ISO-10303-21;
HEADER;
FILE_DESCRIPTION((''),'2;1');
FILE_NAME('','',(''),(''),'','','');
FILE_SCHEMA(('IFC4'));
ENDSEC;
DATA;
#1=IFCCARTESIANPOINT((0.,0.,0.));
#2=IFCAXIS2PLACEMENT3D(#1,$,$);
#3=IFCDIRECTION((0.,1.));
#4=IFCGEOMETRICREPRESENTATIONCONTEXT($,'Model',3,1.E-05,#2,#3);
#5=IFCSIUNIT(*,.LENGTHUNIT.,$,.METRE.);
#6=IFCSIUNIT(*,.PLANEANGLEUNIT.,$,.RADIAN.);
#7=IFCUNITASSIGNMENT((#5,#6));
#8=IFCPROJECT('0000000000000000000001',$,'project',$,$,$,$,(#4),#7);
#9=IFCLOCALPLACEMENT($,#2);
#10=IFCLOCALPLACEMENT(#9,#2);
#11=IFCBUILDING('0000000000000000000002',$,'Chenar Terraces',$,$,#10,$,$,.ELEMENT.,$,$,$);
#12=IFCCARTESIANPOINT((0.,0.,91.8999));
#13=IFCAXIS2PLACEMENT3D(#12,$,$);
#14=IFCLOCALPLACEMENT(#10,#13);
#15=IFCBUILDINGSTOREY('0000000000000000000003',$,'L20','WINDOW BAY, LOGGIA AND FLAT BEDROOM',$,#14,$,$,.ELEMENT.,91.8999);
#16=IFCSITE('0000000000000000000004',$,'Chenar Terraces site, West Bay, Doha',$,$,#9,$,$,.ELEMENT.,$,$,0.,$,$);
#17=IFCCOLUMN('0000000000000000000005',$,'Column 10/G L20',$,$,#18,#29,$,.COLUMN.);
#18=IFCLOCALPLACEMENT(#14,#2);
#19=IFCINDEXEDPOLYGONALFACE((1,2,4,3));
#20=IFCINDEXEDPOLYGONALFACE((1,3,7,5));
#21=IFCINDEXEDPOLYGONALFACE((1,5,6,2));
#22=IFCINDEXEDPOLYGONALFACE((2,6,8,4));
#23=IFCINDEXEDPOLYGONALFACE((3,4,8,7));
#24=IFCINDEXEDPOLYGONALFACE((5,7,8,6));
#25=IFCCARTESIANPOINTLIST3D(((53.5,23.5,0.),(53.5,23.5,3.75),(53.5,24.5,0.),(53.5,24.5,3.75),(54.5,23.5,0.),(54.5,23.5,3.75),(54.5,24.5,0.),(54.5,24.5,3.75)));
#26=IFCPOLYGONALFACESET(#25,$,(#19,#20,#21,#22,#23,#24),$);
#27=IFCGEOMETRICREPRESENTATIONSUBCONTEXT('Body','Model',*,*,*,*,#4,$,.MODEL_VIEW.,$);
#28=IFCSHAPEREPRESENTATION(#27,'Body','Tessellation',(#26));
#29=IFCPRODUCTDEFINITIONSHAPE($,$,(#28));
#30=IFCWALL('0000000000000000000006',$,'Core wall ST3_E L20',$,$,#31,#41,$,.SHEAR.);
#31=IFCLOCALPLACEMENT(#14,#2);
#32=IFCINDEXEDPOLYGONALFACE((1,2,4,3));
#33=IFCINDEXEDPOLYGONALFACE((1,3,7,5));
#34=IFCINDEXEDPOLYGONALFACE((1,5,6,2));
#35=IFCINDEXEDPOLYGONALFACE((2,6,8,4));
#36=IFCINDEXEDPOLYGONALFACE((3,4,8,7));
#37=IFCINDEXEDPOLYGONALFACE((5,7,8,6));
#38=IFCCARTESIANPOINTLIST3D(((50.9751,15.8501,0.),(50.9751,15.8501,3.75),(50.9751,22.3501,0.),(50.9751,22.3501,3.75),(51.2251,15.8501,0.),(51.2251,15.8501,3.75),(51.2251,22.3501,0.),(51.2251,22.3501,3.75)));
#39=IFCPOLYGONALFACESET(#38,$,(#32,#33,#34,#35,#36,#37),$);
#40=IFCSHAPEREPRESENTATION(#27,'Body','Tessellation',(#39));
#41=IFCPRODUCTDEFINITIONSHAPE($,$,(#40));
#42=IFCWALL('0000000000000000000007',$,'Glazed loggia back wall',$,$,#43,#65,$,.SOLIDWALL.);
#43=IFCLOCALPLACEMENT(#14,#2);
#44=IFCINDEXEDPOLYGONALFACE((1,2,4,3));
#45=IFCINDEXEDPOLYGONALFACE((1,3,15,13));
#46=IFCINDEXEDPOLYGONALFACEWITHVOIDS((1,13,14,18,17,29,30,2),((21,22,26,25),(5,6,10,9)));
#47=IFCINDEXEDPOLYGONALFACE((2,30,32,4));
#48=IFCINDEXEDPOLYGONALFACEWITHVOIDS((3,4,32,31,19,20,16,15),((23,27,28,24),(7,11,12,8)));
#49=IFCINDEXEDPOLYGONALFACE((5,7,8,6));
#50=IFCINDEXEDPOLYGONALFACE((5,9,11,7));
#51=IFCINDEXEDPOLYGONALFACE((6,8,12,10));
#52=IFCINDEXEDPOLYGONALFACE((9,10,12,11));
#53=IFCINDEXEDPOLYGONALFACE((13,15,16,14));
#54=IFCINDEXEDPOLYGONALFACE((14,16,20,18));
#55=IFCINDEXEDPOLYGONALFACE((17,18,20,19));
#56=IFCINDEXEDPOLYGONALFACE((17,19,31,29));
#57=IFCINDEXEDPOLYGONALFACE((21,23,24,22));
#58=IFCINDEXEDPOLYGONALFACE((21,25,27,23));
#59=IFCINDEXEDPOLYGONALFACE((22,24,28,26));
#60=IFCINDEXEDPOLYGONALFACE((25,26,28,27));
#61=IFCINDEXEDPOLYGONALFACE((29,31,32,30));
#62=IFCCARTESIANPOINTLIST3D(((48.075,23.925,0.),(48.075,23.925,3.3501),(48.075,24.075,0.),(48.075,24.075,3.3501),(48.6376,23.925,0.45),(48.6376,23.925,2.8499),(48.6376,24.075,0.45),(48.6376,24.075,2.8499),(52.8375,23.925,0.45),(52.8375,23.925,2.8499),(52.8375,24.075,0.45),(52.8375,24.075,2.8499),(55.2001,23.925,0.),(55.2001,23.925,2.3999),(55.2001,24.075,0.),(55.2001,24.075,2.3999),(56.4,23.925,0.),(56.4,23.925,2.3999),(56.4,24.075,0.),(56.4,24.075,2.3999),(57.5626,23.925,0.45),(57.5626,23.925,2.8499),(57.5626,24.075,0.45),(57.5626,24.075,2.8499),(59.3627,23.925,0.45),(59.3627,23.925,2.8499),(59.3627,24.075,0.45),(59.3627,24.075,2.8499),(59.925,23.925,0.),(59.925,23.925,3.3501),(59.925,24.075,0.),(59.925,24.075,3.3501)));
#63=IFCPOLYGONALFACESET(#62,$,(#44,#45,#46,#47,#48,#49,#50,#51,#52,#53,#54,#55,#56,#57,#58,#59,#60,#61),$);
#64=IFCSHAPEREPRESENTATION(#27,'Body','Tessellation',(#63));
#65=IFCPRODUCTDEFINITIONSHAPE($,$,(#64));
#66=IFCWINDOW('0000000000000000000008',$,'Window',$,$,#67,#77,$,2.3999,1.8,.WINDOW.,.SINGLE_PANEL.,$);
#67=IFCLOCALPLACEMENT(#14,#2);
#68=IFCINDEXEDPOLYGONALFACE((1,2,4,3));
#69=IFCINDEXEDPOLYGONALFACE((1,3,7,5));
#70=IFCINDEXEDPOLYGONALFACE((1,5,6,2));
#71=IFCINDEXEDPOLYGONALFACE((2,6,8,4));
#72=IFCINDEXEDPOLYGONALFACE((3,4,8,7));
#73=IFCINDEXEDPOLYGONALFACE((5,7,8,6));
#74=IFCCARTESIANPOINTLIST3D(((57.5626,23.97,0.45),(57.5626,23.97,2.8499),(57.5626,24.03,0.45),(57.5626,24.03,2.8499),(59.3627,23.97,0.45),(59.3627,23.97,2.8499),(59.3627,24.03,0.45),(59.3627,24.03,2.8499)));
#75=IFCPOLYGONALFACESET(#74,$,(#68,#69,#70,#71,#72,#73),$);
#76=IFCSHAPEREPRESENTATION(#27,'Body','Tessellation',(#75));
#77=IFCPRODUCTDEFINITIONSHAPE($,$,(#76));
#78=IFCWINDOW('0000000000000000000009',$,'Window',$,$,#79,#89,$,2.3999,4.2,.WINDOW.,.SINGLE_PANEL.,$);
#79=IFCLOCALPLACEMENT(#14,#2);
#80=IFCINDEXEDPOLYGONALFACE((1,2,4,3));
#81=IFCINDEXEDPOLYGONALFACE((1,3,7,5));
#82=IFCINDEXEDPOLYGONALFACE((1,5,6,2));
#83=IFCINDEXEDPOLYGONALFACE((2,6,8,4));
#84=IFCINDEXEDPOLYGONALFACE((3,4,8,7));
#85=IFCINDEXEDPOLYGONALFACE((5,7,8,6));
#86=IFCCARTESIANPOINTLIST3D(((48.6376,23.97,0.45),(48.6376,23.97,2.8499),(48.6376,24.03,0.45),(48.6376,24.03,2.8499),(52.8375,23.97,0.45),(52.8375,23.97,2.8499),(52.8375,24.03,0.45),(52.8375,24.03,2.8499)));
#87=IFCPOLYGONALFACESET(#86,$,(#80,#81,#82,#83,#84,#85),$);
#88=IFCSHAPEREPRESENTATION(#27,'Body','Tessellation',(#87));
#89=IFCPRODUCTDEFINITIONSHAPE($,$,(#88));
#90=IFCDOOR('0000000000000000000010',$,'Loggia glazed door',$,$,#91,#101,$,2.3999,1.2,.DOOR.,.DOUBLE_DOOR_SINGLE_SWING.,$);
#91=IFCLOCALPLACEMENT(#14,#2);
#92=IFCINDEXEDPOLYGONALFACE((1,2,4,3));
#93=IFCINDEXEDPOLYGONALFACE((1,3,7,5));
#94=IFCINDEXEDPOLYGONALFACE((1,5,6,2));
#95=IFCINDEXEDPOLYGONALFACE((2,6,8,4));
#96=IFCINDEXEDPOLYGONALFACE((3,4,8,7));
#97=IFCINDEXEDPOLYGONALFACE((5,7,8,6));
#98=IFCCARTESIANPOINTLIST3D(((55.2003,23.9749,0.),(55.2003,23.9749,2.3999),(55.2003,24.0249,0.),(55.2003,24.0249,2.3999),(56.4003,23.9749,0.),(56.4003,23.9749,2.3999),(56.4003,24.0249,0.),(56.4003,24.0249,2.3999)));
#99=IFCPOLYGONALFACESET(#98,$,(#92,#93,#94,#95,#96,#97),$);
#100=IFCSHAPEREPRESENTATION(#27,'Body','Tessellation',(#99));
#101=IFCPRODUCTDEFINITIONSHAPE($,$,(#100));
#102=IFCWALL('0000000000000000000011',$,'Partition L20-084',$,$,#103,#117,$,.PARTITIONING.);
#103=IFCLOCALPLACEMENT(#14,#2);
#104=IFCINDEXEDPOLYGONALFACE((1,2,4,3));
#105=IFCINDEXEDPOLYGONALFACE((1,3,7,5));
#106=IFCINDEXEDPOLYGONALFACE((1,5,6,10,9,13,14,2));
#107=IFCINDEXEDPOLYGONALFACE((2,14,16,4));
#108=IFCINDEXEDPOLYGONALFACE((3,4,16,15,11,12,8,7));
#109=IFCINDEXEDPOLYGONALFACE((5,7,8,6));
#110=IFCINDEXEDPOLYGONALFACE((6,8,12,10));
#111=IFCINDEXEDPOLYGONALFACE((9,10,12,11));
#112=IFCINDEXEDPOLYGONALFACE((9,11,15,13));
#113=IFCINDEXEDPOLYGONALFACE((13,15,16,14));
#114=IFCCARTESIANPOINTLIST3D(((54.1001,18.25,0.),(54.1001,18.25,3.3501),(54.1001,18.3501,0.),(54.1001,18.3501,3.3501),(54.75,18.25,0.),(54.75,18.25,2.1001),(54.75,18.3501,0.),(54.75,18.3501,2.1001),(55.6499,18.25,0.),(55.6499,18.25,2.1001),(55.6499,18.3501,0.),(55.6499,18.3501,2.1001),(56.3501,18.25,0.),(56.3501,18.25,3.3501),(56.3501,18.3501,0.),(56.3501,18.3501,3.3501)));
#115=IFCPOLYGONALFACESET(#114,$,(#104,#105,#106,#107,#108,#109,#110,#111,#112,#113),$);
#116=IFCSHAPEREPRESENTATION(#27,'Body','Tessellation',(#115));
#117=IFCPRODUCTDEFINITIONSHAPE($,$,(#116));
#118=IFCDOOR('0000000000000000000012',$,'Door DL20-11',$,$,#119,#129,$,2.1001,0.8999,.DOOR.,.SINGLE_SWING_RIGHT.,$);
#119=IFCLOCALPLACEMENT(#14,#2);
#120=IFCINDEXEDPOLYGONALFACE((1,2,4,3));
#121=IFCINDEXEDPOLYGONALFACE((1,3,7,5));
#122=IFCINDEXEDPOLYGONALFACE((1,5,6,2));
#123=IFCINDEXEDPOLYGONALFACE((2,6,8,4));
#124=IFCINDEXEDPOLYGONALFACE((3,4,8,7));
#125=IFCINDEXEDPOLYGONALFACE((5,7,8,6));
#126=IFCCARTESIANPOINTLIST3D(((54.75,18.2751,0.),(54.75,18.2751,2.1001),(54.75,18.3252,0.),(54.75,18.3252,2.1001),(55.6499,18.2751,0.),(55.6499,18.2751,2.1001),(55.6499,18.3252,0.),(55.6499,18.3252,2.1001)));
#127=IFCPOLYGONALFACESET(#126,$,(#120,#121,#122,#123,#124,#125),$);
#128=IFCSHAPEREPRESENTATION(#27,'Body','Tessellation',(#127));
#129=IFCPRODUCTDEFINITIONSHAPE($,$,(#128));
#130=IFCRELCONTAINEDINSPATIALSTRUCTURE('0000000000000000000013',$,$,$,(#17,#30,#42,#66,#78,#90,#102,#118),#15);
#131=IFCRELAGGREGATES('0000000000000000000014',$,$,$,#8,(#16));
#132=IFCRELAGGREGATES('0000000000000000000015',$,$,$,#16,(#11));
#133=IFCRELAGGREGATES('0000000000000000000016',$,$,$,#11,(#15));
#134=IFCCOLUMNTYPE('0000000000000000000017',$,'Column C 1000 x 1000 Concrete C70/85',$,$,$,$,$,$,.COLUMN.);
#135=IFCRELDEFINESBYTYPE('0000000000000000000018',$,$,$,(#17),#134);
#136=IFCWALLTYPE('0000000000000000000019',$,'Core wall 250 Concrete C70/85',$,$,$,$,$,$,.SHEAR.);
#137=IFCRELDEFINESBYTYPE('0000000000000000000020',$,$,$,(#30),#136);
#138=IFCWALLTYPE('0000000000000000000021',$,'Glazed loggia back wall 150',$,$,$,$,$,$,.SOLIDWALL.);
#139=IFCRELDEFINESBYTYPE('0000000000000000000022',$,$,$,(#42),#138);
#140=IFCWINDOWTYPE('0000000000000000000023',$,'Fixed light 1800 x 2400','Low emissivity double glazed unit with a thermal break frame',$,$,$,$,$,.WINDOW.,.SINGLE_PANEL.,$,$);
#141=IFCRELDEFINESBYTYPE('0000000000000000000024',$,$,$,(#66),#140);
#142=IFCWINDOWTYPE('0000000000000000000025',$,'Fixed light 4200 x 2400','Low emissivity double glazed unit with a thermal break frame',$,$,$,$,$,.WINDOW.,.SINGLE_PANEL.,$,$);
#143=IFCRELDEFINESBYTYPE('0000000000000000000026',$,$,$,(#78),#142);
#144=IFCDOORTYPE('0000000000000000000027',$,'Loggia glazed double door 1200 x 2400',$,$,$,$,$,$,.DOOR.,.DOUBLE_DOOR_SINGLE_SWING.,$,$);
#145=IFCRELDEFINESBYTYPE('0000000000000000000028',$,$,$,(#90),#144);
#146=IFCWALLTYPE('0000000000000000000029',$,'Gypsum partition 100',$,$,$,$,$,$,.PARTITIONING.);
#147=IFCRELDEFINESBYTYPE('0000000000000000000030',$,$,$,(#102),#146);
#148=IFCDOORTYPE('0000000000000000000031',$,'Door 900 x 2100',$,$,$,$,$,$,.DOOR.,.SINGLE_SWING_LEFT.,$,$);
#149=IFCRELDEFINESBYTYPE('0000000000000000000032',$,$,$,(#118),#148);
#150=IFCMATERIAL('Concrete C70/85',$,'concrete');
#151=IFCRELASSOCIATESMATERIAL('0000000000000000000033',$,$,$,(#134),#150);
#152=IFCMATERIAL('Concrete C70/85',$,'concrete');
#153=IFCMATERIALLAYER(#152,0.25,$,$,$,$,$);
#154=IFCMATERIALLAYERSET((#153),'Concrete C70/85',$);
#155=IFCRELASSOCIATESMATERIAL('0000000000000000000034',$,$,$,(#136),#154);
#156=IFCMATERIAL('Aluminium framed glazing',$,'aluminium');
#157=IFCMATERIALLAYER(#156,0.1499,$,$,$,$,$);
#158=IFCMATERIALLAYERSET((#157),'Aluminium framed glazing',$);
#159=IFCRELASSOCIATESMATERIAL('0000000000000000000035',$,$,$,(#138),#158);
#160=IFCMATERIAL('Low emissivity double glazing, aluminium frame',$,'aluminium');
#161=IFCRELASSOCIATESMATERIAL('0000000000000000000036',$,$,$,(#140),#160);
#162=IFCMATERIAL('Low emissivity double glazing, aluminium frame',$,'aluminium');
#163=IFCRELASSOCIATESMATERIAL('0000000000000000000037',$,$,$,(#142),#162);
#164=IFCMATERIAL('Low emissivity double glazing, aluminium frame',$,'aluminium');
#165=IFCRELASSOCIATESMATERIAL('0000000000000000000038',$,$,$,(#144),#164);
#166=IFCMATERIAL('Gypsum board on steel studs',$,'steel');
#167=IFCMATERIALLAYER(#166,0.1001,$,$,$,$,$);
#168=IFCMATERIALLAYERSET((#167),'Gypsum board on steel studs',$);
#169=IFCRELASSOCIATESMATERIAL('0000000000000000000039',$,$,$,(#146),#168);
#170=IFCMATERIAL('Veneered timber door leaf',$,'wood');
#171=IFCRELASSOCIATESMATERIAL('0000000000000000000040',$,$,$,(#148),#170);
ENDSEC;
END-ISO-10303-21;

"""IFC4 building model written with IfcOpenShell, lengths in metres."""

from ifc_helpers import new_model, si_unit, direction, frame, frame_2d, origin, origin_2d, place, context, subcontext, project, spatial, rectangle, extrude, material, layer, layer_set, material_profile, profile_set, type_object, element, fill, save


model = new_model("IFC4")

# Units and contexts
model_context = context("Model", 3, precision=1e-05, world=origin(), true_north=direction((0.0, 1.0)))
body_context = subcontext(model_context, "Body", "Model", "MODEL_VIEW")
ifc_project = project(units=[si_unit("LENGTHUNIT", "METRE"), si_unit("PLANEANGLEUNIT", "RADIAN")], contexts=[model_context])

# Site, building, storey
site_placement = place(None, origin())
site = spatial("IfcSite", under=ifc_project, at=site_placement, Name="Chenar Terraces site, West Bay, Doha", CompositionType="ELEMENT", RefElevation=0.0)
building_placement = place(site_placement, origin())
building = spatial("IfcBuilding", under=site, at=building_placement, Name="Chenar Terraces", CompositionType="ELEMENT")
storey_placement = place(building_placement, frame((0.0, 0.0, 91.8999)))
storey = spatial("IfcBuildingStorey", under=building, at=storey_placement, Name="L20", Description="WINDOW BAY, LOGGIA AND FLAT BEDROOM", CompositionType="ELEMENT", Elevation=91.8999)

# Column
ifc_material_1 = material(Name="Concrete C70/85", Category="concrete")
ifc_material_profile_1 = material_profile(ifc_material_1, rectangle(XDim=1.0, YDim=1.0, at=origin_2d()), Name="C 1000 x 1000")
ifc_profile_set_1 = profile_set([ifc_material_profile_1], Name="Concrete C70/85")
column_type = type_object("IfcColumnType", Name="Column C 1000 x 1000 Concrete C70/85", PredefinedType="COLUMN", material=ifc_profile_set_1)
column_placement = place(storey_placement, frame((54.0, 24.0, 0.0), z_axis=(0.0, 0.0, 1.0), x_axis=(1.0, 0.0, 0.0)))
element("IfcColumn", 1, at=column_placement, inside=storey, type_object=column_type, Name="Column 10/G L20", PredefinedType="COLUMN", context=body_context, shape_type="SweptSolid", body=[
    extrude(rectangle(XDim=1.0, YDim=1.0, at=origin_2d()), origin(), (0.0, 0.0, 1.0), 3.75),
])

# Wall
ifc_material_2 = material(Name="Concrete C70/85", Category="concrete")
ifc_layer_1 = layer(ifc_material_2, 0.25)
ifc_layer_set_1 = layer_set([ifc_layer_1], Name="Concrete C70/85")
wall_type_1 = type_object("IfcWallType", Name="Core wall 250 Concrete C70/85", PredefinedType="SHEAR", material=ifc_layer_set_1)
wall_1_placement = place(storey_placement, frame((51.1001, 15.8501, 0.0), z_axis=(0.0, 0.0, 1.0), x_axis=(0.0, 1.0, 0.0)))
element("IfcWall", 2, at=wall_1_placement, inside=storey, type_object=wall_type_1, Name="Core wall ST3_E L20", PredefinedType="SHEAR", context=body_context, shape_type="SweptSolid", body=[
    extrude(rectangle(XDim=6.5, YDim=0.25, at=frame_2d((3.25, 0.0))), origin(), (0.0, 0.0, 1.0), 3.75),
])

# Wall, openings, windows, door
ifc_material_3 = material(Name="Aluminium framed glazing", Category="aluminium")
ifc_layer_2 = layer(ifc_material_3, 0.1499)
ifc_layer_set_2 = layer_set([ifc_layer_2], Name="Aluminium framed glazing")
wall_type_2 = type_object("IfcWallType", Name="Glazed loggia back wall 150", PredefinedType="SOLIDWALL", material=ifc_layer_set_2)
wall_2_placement = place(storey_placement, frame((59.925, 24.0, 0.0), z_axis=(0.0, 0.0, 1.0), x_axis=(-1.0, 0.0, 0.0)))
wall_2 = element("IfcWall", 3, at=wall_2_placement, inside=storey, type_object=wall_type_2, Name="Glazed loggia back wall", PredefinedType="SOLIDWALL", context=body_context, shape_type="SweptSolid", body=[
    extrude(rectangle(XDim=11.8501, YDim=0.1499, at=frame_2d((5.925, 0.0))), origin(), (0.0, 0.0, 1.0), 3.3501),
])
opening_1_placement = place(wall_2_placement, frame((0.5625, 0.0, 0.45)))
opening_1 = element("IfcOpeningElement", 4, at=opening_1_placement, cuts=wall_2, PredefinedType="OPENING", context=body_context, shape_type="SweptSolid", body=[
    extrude(rectangle(XDim=1.8, YDim=2.3999, at=frame_2d((0.8999, 1.2))), frame((0.0, 0.085, 0.0), z_axis=(0.0, -1.0, 0.0), x_axis=(1.0, 0.0, 0.0)), (0.0, 0.0, 1.0), 0.1699),
])
opening_2_placement = place(wall_2_placement, frame((3.5249, 0.0, 0.0)))
opening_2 = element("IfcOpeningElement", 5, at=opening_2_placement, cuts=wall_2, PredefinedType="OPENING", context=body_context, shape_type="SweptSolid", body=[
    extrude(rectangle(XDim=1.2, YDim=2.3999, at=frame_2d((0.6001, 1.2))), frame((0.0, 0.085, 0.0), z_axis=(0.0, -1.0, 0.0), x_axis=(1.0, 0.0, 0.0)), (0.0, 0.0, 1.0), 0.1699),
])
opening_3_placement = place(wall_2_placement, frame((7.0874, 0.0, 0.45)))
opening_3 = element("IfcOpeningElement", 6, at=opening_3_placement, cuts=wall_2, PredefinedType="OPENING", context=body_context, shape_type="SweptSolid", body=[
    extrude(rectangle(XDim=4.2, YDim=2.3999, at=frame_2d((2.1001, 1.2))), frame((0.0, 0.085, 0.0), z_axis=(0.0, -1.0, 0.0), x_axis=(1.0, 0.0, 0.0)), (0.0, 0.0, 1.0), 0.1699),
])
ifc_material_4 = material(Name="Low emissivity double glazing, aluminium frame", Category="aluminium")
window_type_1 = type_object("IfcWindowType", Name="Fixed light 1800 x 2400", Description="Low emissivity double glazed unit with a thermal break frame", PartitioningType="SINGLE_PANEL", PredefinedType="WINDOW", material=ifc_material_4)
window_1_placement = place(opening_1_placement, origin())
window_1 = element("IfcWindow", 7, at=window_1_placement, inside=storey, type_object=window_type_1, Name="Window", OverallHeight=2.3999, OverallWidth=1.8, PartitioningType="SINGLE_PANEL", PredefinedType="WINDOW", context=body_context, shape_type="SweptSolid", body=[
    extrude(rectangle(XDim=1.8, YDim=2.3999, at=frame_2d((0.8999, 1.2))), frame((0.0, 0.03, 0.0), z_axis=(0.0, -1.0, 0.0), x_axis=(1.0, 0.0, 0.0)), (0.0, 0.0, 1.0), 0.0601),
])
fill(opening_1, window_1)
ifc_material_5 = material(Name="Low emissivity double glazing, aluminium frame", Category="aluminium")
window_type_2 = type_object("IfcWindowType", Name="Fixed light 4200 x 2400", Description="Low emissivity double glazed unit with a thermal break frame", PartitioningType="SINGLE_PANEL", PredefinedType="WINDOW", material=ifc_material_5)
window_2_placement = place(opening_3_placement, origin())
window_2 = element("IfcWindow", 8, at=window_2_placement, inside=storey, type_object=window_type_2, Name="Window", OverallHeight=2.3999, OverallWidth=4.2, PartitioningType="SINGLE_PANEL", PredefinedType="WINDOW", context=body_context, shape_type="SweptSolid", body=[
    extrude(rectangle(XDim=4.2, YDim=2.3999, at=frame_2d((2.1001, 1.2))), frame((0.0, 0.03, 0.0), z_axis=(0.0, -1.0, 0.0), x_axis=(1.0, 0.0, 0.0)), (0.0, 0.0, 1.0), 0.0601),
])
fill(opening_3, window_2)
ifc_material_6 = material(Name="Low emissivity double glazing, aluminium frame", Category="aluminium")
door_type_1 = type_object("IfcDoorType", Name="Loggia glazed double door 1200 x 2400", OperationType="DOUBLE_DOOR_SINGLE_SWING", PredefinedType="DOOR", material=ifc_material_6)
door_1_placement = place(opening_2_placement, frame((1.2, 0.0, 0.0), z_axis=(0.0, 0.0, 1.0), x_axis=(-1.0, 0.0, 0.0)))
door_1 = element("IfcDoor", 9, at=door_1_placement, inside=storey, type_object=door_type_1, Name="Loggia glazed door", OperationType="DOUBLE_DOOR_SINGLE_SWING", OverallHeight=2.3999, OverallWidth=1.2, PredefinedType="DOOR", context=body_context, shape_type="SweptSolid", body=[
    extrude(rectangle(XDim=1.2, YDim=2.3999, at=frame_2d((0.6001, 1.2))), frame((0.0, 0.0249, 0.0), z_axis=(0.0, -1.0, 0.0), x_axis=(1.0, 0.0, 0.0)), (0.0, 0.0, 1.0), 0.05),
])
fill(opening_2, door_1)

# Wall, opening, door
ifc_material_7 = material(Name="Gypsum board on steel studs", Category="steel")
ifc_layer_3 = layer(ifc_material_7, 0.1001)
ifc_layer_set_3 = layer_set([ifc_layer_3], Name="Gypsum board on steel studs")
wall_type_3 = type_object("IfcWallType", Name="Gypsum partition 100", PredefinedType="PARTITIONING", material=ifc_layer_set_3)
wall_3_placement = place(storey_placement, frame((54.1001, 18.3, 0.0), z_axis=(0.0, 0.0, 1.0), x_axis=(1.0, 0.0, 0.0)))
wall_3 = element("IfcWall", 10, at=wall_3_placement, inside=storey, type_object=wall_type_3, Name="Partition L20-084", PredefinedType="PARTITIONING", context=body_context, shape_type="SweptSolid", body=[
    extrude(rectangle(XDim=2.25, YDim=0.1001, at=frame_2d((1.125, 0.0))), origin(), (0.0, 0.0, 1.0), 3.3501),
])
opening_4_placement = place(wall_3_placement, frame((0.6499, 0.0, 0.0)))
opening_4 = element("IfcOpeningElement", 11, at=opening_4_placement, cuts=wall_3, PredefinedType="OPENING", context=body_context, shape_type="SweptSolid", body=[
    extrude(rectangle(XDim=0.8999, YDim=2.1001, at=frame_2d((0.45, 1.05))), frame((0.0, 0.0601, 0.0), z_axis=(0.0, -1.0, 0.0), x_axis=(1.0, 0.0, 0.0)), (0.0, 0.0, 1.0), 0.1201),
])
ifc_material_8 = material(Name="Veneered timber door leaf", Category="wood")
door_type_2 = type_object("IfcDoorType", Name="Door 900 x 2100", OperationType="SINGLE_SWING_LEFT", PredefinedType="DOOR", material=ifc_material_8)
door_2_placement = place(opening_4_placement, frame((0.8999, 0.0, 0.0), z_axis=(0.0, 0.0, 1.0), x_axis=(-1.0, 0.0, 0.0)))
door_2 = element("IfcDoor", 12, at=door_2_placement, inside=storey, type_object=door_type_2, Name="Door DL20-11", OperationType="SINGLE_SWING_RIGHT", OverallHeight=2.1001, OverallWidth=0.8999, PredefinedType="DOOR", context=body_context, shape_type="SweptSolid", body=[
    extrude(rectangle(XDim=0.8999, YDim=2.1001, at=frame_2d((0.45, 1.05))), frame((0.0, 0.0249, 0.0), z_axis=(0.0, -1.0, 0.0), x_axis=(1.0, 0.0, 0.0)), (0.0, 0.0, 1.0), 0.05),
])
fill(opening_4, door_2)

save(model, "model.ifc")
